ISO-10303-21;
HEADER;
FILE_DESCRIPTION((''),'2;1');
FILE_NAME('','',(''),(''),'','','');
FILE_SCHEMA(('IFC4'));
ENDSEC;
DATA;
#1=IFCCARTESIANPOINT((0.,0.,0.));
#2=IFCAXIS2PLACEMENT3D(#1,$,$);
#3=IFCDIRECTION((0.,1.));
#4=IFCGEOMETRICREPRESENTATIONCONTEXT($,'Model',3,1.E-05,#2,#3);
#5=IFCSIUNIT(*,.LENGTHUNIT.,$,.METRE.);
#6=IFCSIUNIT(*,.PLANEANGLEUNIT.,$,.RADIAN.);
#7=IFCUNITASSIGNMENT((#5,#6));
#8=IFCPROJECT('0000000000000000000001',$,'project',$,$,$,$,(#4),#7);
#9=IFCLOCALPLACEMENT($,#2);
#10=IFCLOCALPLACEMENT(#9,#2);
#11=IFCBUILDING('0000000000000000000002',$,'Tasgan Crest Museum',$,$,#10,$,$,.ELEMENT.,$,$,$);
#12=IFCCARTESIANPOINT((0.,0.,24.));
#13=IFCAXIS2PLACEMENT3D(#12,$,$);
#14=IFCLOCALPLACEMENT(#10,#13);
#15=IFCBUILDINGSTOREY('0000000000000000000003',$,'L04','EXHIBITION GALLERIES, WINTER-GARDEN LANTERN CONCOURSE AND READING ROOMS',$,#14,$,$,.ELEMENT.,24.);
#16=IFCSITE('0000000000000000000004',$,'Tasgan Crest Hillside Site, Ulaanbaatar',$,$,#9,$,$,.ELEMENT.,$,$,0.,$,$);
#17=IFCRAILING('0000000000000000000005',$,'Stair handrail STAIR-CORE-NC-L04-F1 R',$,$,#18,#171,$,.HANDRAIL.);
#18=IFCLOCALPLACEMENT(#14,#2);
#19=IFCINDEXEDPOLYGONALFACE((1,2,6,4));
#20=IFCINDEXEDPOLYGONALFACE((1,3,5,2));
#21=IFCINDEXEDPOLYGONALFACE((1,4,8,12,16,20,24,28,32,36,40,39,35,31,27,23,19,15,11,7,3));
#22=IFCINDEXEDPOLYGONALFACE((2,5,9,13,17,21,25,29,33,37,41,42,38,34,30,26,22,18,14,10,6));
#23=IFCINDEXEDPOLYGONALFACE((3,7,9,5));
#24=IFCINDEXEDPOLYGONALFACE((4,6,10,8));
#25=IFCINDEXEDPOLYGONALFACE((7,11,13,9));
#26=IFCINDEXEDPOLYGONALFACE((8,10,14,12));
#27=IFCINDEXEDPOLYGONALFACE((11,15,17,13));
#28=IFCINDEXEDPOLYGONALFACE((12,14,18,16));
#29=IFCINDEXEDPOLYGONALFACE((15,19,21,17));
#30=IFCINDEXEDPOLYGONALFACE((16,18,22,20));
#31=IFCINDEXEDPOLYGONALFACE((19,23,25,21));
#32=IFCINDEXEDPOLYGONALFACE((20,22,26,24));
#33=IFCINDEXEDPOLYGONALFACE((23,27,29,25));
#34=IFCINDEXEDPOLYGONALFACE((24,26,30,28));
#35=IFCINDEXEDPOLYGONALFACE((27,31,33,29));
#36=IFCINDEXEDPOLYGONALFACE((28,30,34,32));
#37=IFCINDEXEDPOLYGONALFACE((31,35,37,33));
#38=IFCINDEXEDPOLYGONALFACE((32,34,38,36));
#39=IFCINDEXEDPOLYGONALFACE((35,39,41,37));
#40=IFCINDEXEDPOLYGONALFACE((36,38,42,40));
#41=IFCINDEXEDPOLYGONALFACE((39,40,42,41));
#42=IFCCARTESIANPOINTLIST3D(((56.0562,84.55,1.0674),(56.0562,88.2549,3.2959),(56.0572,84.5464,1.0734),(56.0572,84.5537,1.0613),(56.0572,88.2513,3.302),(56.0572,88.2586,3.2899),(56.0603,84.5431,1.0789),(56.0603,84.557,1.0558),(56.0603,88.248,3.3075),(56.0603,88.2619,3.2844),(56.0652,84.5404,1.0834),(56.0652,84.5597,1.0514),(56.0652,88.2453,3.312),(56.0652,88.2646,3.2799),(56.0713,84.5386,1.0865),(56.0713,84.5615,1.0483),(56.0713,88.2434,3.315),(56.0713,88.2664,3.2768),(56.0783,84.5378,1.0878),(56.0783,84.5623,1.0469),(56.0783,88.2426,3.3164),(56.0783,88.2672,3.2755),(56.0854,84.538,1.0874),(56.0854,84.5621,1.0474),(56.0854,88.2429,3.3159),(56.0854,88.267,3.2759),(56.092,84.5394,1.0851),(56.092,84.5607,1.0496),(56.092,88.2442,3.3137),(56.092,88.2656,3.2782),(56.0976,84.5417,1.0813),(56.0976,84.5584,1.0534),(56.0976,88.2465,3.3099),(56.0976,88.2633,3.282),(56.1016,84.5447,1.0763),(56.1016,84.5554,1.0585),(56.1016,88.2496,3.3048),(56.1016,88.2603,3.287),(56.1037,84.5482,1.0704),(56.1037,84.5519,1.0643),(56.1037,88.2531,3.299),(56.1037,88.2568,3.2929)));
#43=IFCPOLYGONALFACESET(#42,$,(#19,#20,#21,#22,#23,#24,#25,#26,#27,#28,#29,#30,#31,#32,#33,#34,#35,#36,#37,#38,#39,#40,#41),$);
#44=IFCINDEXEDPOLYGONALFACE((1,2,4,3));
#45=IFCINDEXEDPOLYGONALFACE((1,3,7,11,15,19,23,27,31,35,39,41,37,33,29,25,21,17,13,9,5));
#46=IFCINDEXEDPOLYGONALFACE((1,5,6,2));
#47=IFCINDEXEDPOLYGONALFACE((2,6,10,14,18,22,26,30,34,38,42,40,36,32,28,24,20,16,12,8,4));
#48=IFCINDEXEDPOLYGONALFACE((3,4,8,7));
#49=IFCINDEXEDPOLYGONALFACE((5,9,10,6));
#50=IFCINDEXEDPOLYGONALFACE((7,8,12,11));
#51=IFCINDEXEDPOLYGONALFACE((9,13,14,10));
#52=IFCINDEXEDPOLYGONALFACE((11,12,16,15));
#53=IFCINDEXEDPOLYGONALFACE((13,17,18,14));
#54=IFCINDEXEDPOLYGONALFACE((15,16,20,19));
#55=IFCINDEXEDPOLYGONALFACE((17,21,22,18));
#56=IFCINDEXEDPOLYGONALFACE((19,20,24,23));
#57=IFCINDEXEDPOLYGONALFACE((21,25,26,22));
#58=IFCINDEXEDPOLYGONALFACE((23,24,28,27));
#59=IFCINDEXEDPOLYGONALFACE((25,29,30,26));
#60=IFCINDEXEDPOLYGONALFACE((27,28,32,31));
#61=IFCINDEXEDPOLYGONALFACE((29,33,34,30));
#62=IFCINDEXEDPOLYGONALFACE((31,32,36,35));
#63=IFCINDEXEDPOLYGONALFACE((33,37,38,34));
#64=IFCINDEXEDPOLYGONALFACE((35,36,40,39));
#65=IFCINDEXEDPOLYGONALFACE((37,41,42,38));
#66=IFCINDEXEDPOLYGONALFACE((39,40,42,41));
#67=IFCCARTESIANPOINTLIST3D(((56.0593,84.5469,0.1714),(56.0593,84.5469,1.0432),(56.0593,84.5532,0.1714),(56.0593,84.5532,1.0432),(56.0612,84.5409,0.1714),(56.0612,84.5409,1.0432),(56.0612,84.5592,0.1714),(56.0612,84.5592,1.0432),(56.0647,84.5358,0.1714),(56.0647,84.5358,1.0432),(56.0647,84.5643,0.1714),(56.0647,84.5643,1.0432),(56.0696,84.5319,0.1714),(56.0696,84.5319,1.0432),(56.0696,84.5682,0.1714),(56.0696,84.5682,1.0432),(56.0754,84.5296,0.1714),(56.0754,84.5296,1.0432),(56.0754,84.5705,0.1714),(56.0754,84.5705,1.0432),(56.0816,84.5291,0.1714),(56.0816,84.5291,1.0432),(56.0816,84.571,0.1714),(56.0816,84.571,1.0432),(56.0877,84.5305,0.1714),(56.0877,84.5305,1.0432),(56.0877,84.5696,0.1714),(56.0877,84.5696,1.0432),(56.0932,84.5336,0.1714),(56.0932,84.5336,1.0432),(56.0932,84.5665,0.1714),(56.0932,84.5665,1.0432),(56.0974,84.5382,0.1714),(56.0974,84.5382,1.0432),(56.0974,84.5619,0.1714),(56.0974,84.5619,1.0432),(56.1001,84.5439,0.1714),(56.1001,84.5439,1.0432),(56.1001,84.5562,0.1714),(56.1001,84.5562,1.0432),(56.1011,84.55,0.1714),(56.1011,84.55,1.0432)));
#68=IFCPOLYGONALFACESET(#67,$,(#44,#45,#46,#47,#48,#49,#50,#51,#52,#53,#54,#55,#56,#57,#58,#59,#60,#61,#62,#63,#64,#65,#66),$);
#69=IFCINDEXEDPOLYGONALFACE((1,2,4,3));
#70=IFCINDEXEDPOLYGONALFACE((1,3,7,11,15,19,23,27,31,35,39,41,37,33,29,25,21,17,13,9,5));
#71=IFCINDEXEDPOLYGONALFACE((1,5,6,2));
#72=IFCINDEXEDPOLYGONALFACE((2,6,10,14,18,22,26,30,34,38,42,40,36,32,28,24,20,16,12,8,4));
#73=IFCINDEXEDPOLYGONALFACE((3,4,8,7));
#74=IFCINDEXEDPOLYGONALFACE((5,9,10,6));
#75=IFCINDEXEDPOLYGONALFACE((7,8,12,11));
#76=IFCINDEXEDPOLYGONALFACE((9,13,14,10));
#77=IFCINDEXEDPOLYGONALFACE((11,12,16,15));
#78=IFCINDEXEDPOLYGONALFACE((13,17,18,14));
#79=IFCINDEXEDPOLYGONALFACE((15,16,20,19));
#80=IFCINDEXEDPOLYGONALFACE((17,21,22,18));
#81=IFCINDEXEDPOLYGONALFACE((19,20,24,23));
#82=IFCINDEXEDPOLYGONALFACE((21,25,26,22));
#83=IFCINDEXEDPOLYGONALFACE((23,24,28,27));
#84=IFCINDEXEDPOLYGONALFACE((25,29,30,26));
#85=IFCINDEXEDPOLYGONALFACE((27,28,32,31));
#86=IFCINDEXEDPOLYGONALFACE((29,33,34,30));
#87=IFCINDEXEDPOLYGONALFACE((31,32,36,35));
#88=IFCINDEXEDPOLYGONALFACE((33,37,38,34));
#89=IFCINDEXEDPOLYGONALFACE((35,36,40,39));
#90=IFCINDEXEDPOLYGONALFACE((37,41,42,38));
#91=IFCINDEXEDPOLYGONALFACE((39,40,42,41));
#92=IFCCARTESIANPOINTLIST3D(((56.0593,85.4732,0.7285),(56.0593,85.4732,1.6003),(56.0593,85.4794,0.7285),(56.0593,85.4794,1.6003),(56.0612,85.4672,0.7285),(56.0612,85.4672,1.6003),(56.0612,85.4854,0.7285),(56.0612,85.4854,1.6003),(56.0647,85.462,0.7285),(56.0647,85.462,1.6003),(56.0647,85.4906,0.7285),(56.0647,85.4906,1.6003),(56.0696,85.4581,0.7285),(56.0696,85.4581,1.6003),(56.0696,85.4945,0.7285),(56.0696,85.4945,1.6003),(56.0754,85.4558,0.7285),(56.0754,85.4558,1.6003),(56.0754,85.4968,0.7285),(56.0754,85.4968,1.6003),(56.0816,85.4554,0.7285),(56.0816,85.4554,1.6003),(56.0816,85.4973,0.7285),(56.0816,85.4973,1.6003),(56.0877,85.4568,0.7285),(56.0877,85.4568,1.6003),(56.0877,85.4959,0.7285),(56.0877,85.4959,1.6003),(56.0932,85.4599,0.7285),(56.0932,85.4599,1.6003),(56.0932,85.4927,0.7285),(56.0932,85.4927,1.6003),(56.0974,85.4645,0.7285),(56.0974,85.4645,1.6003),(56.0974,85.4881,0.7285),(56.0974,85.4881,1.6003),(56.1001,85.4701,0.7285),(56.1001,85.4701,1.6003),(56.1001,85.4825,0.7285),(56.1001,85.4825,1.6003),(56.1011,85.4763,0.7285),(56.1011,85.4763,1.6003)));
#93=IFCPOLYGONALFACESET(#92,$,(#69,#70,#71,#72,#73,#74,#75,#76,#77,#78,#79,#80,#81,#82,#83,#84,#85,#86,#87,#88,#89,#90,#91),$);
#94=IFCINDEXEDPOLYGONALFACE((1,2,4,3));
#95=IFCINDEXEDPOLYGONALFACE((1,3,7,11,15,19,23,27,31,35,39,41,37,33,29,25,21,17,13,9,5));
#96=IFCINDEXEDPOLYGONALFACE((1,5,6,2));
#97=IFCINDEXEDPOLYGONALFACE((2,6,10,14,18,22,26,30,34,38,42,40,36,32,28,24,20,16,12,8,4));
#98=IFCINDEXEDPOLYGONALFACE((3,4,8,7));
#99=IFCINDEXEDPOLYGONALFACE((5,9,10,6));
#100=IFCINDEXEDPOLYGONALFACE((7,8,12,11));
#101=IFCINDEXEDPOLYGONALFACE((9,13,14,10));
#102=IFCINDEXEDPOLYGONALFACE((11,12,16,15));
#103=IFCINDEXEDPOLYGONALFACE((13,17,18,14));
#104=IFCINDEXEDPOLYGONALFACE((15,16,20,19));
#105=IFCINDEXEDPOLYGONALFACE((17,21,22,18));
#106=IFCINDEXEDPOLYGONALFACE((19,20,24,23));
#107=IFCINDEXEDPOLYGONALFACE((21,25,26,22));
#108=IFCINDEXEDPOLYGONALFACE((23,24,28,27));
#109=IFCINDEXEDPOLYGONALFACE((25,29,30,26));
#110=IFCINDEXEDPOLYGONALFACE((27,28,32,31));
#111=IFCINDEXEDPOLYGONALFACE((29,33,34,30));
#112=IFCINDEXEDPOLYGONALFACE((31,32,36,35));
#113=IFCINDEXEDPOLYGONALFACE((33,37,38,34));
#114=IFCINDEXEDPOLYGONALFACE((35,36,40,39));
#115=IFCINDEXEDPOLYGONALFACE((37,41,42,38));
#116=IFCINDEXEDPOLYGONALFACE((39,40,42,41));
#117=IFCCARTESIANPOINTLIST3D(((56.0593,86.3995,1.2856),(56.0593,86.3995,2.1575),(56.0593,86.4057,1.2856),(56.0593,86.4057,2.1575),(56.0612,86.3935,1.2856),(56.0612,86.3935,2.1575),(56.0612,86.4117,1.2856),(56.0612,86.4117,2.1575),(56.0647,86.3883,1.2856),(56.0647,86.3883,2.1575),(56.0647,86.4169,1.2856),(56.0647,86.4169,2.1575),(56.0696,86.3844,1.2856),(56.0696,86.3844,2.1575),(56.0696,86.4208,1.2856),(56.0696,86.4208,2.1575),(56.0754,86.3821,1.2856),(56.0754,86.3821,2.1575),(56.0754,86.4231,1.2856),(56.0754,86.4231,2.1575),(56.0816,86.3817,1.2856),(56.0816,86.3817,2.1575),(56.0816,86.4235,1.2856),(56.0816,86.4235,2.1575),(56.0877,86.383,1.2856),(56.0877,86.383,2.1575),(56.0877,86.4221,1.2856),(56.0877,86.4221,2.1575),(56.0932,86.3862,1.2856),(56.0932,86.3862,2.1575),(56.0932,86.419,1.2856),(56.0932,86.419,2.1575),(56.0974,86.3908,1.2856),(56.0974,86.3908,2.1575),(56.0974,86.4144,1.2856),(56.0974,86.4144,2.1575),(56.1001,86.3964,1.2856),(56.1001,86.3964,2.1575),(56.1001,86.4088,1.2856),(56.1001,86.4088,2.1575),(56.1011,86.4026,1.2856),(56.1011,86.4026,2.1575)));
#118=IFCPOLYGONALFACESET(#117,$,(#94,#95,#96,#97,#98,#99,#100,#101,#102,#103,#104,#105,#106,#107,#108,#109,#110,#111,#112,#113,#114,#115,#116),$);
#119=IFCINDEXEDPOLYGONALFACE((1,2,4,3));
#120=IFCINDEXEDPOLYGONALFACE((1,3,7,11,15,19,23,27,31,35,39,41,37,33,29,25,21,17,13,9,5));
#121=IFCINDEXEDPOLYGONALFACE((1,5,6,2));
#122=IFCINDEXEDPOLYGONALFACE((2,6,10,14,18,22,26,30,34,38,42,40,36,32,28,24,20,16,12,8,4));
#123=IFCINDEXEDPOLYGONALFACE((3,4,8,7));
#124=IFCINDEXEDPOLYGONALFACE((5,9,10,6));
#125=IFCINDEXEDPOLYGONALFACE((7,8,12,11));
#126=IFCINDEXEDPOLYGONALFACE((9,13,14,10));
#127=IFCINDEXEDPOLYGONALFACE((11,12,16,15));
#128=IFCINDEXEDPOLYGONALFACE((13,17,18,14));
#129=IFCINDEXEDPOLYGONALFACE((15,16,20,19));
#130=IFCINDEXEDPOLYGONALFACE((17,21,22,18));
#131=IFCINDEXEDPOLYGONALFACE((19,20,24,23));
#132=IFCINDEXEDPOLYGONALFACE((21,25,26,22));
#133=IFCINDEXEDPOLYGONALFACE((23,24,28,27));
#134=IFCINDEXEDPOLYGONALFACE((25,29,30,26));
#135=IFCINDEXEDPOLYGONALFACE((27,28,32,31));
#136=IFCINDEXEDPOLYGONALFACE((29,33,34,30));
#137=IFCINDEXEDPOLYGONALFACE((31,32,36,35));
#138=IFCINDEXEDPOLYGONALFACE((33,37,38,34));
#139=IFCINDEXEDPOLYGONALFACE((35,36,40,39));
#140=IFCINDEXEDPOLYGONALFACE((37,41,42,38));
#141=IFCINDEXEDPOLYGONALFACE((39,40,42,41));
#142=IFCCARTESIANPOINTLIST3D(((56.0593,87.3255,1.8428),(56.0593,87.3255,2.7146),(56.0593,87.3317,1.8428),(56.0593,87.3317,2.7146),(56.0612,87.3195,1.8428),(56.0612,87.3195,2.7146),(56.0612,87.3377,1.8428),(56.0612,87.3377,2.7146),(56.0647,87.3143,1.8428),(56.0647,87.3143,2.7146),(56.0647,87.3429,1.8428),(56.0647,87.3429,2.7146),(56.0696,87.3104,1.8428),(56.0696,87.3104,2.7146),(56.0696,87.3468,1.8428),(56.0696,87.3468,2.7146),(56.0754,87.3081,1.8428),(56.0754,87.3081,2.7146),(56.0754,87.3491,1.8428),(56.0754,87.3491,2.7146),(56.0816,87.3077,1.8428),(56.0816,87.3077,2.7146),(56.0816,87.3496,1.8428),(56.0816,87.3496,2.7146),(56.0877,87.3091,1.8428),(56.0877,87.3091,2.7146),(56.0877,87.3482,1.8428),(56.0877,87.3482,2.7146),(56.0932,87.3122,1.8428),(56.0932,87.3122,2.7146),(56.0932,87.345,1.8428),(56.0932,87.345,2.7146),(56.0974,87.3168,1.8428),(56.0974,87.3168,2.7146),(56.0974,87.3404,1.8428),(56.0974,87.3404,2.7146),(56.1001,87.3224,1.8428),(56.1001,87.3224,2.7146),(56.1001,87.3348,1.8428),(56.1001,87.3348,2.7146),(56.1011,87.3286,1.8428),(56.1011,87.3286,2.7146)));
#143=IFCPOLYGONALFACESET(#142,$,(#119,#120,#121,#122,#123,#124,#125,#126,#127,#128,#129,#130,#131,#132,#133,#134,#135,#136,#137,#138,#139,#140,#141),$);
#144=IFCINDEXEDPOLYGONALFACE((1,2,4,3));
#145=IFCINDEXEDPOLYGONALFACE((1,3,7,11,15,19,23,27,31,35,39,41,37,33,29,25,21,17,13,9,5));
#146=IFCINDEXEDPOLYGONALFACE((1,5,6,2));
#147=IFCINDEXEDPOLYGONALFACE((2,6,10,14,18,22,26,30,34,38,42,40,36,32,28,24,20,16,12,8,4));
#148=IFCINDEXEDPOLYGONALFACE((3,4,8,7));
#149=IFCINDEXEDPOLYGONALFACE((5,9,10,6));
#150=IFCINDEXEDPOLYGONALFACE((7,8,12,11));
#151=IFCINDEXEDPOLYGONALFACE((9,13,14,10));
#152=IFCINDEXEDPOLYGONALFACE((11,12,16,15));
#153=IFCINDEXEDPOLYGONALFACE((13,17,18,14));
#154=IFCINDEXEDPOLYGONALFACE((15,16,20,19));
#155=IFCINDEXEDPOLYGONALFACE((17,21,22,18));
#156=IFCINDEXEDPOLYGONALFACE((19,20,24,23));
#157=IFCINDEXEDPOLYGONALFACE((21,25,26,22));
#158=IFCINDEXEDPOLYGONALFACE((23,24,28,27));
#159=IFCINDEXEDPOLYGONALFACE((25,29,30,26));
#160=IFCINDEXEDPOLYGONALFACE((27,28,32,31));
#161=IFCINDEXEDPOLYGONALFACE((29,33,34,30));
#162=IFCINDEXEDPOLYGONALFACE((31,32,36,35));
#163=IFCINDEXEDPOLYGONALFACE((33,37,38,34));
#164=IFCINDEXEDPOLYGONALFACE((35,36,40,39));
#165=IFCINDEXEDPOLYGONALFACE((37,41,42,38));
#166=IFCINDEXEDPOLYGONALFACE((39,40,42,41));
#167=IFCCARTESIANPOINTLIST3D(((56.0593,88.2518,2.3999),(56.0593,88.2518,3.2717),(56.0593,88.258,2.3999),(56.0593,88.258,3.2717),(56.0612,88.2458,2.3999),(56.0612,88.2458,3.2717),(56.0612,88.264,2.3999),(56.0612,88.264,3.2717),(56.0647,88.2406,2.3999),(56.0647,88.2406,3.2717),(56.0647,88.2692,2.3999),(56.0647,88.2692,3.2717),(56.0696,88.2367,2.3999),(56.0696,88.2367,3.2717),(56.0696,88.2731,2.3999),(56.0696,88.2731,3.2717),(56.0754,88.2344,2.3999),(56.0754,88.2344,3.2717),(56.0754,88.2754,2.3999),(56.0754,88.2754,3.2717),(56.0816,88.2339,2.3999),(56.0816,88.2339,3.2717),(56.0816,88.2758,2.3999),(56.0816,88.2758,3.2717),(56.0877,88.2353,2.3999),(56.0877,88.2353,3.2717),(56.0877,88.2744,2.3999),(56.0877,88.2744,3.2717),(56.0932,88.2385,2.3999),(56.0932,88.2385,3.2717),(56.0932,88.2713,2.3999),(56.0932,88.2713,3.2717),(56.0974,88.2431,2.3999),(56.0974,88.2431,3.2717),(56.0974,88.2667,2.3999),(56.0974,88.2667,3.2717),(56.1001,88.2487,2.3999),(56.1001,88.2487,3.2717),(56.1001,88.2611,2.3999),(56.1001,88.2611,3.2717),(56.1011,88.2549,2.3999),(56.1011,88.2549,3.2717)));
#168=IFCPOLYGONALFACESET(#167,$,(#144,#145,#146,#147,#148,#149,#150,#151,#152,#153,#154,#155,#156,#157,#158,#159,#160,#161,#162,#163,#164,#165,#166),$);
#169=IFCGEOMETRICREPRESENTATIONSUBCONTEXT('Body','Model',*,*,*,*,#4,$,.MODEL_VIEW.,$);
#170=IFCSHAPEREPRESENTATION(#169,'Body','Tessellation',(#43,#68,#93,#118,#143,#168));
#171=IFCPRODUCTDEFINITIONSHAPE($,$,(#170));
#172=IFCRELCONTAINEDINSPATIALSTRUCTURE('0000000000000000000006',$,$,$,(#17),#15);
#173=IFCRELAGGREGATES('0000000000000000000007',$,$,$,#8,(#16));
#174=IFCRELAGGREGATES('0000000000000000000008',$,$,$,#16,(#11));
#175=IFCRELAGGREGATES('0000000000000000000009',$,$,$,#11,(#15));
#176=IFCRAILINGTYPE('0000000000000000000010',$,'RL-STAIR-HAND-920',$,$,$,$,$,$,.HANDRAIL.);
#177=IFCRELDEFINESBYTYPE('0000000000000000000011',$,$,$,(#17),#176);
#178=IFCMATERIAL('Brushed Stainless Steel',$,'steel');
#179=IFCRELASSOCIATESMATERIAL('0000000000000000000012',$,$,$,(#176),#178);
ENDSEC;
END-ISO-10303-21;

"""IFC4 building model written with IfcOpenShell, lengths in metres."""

from ifc_helpers import new_model, si_unit, direction, frame, origin, origin_2d, place, context, subcontext, project, spatial, circle, extrude, material, type_object, element, save


model = new_model("IFC4")

# Units and contexts
model_context = context("Model", 3, precision=1e-05, world=origin(), true_north=direction((0.0, 1.0)))
body_context = subcontext(model_context, "Body", "Model", "MODEL_VIEW")
ifc_project = project(units=[si_unit("LENGTHUNIT", "METRE"), si_unit("PLANEANGLEUNIT", "RADIAN")], contexts=[model_context])

# Site, building, storey
site_placement = place(None, origin())
site = spatial("IfcSite", under=ifc_project, at=site_placement, Name="Tasgan Crest Hillside Site, Ulaanbaatar", CompositionType="ELEMENT", RefElevation=0.0)
building_placement = place(site_placement, origin())
building = spatial("IfcBuilding", under=site, at=building_placement, Name="Tasgan Crest Museum", CompositionType="ELEMENT")
storey_placement = place(building_placement, frame((0.0, 0.0, 24.0)))
storey = spatial("IfcBuildingStorey", under=building, at=storey_placement, Name="L04", Description="EXHIBITION GALLERIES, WINTER-GARDEN LANTERN CONCOURSE AND READING ROOMS", CompositionType="ELEMENT", Elevation=24.0)

# Railing
ifc_material_1 = material(Name="Brushed Stainless Steel", Category="steel")
railing_type_1 = type_object("IfcRailingType", Name="RL-STAIR-HAND-920", PredefinedType="HANDRAIL", material=ifc_material_1)
for number, where, name in (
    (1, (56.0801, 84.55, 0.1714), "Stair handrail STAIR-CORE-NC-L04-F1 R"),
):
    element("IfcRailing", number, at=place(storey_placement, frame(where)), inside=storey, type_object=railing_type_1, Name=name, PredefinedType="HANDRAIL", context=body_context, shape_type="SweptSolid", body=[
        extrude(circle(Radius=0.0239, at=origin_2d()), frame((0.0, 0.0, 0.896), z_axis=(0.0, 0.856919, 0.51545), x_axis=(-1.0, 0.0, 0.0)), (0.0, 0.0, 1.0), 4.3235),
        extrude(circle(Radius=0.021, at=origin_2d()), origin(), (0.0, 0.0, 1.0), 0.8718),
        extrude(circle(Radius=0.021, at=origin_2d()), frame((0.0, 0.9263, 0.5571)), (0.0, 0.0, 1.0), 0.8718),
        extrude(circle(Radius=0.021, at=origin_2d()), frame((0.0, 1.8525, 1.1143)), (0.0, 0.0, 1.0), 0.8718),
        extrude(circle(Radius=0.021, at=origin_2d()), frame((0.0, 2.7786, 1.6714)), (0.0, 0.0, 1.0), 0.8718),
        extrude(circle(Radius=0.021, at=origin_2d()), frame((0.0, 3.7048, 2.2285)), (0.0, 0.0, 1.0), 0.8718),
    ])

save(model, "model.ifc")
